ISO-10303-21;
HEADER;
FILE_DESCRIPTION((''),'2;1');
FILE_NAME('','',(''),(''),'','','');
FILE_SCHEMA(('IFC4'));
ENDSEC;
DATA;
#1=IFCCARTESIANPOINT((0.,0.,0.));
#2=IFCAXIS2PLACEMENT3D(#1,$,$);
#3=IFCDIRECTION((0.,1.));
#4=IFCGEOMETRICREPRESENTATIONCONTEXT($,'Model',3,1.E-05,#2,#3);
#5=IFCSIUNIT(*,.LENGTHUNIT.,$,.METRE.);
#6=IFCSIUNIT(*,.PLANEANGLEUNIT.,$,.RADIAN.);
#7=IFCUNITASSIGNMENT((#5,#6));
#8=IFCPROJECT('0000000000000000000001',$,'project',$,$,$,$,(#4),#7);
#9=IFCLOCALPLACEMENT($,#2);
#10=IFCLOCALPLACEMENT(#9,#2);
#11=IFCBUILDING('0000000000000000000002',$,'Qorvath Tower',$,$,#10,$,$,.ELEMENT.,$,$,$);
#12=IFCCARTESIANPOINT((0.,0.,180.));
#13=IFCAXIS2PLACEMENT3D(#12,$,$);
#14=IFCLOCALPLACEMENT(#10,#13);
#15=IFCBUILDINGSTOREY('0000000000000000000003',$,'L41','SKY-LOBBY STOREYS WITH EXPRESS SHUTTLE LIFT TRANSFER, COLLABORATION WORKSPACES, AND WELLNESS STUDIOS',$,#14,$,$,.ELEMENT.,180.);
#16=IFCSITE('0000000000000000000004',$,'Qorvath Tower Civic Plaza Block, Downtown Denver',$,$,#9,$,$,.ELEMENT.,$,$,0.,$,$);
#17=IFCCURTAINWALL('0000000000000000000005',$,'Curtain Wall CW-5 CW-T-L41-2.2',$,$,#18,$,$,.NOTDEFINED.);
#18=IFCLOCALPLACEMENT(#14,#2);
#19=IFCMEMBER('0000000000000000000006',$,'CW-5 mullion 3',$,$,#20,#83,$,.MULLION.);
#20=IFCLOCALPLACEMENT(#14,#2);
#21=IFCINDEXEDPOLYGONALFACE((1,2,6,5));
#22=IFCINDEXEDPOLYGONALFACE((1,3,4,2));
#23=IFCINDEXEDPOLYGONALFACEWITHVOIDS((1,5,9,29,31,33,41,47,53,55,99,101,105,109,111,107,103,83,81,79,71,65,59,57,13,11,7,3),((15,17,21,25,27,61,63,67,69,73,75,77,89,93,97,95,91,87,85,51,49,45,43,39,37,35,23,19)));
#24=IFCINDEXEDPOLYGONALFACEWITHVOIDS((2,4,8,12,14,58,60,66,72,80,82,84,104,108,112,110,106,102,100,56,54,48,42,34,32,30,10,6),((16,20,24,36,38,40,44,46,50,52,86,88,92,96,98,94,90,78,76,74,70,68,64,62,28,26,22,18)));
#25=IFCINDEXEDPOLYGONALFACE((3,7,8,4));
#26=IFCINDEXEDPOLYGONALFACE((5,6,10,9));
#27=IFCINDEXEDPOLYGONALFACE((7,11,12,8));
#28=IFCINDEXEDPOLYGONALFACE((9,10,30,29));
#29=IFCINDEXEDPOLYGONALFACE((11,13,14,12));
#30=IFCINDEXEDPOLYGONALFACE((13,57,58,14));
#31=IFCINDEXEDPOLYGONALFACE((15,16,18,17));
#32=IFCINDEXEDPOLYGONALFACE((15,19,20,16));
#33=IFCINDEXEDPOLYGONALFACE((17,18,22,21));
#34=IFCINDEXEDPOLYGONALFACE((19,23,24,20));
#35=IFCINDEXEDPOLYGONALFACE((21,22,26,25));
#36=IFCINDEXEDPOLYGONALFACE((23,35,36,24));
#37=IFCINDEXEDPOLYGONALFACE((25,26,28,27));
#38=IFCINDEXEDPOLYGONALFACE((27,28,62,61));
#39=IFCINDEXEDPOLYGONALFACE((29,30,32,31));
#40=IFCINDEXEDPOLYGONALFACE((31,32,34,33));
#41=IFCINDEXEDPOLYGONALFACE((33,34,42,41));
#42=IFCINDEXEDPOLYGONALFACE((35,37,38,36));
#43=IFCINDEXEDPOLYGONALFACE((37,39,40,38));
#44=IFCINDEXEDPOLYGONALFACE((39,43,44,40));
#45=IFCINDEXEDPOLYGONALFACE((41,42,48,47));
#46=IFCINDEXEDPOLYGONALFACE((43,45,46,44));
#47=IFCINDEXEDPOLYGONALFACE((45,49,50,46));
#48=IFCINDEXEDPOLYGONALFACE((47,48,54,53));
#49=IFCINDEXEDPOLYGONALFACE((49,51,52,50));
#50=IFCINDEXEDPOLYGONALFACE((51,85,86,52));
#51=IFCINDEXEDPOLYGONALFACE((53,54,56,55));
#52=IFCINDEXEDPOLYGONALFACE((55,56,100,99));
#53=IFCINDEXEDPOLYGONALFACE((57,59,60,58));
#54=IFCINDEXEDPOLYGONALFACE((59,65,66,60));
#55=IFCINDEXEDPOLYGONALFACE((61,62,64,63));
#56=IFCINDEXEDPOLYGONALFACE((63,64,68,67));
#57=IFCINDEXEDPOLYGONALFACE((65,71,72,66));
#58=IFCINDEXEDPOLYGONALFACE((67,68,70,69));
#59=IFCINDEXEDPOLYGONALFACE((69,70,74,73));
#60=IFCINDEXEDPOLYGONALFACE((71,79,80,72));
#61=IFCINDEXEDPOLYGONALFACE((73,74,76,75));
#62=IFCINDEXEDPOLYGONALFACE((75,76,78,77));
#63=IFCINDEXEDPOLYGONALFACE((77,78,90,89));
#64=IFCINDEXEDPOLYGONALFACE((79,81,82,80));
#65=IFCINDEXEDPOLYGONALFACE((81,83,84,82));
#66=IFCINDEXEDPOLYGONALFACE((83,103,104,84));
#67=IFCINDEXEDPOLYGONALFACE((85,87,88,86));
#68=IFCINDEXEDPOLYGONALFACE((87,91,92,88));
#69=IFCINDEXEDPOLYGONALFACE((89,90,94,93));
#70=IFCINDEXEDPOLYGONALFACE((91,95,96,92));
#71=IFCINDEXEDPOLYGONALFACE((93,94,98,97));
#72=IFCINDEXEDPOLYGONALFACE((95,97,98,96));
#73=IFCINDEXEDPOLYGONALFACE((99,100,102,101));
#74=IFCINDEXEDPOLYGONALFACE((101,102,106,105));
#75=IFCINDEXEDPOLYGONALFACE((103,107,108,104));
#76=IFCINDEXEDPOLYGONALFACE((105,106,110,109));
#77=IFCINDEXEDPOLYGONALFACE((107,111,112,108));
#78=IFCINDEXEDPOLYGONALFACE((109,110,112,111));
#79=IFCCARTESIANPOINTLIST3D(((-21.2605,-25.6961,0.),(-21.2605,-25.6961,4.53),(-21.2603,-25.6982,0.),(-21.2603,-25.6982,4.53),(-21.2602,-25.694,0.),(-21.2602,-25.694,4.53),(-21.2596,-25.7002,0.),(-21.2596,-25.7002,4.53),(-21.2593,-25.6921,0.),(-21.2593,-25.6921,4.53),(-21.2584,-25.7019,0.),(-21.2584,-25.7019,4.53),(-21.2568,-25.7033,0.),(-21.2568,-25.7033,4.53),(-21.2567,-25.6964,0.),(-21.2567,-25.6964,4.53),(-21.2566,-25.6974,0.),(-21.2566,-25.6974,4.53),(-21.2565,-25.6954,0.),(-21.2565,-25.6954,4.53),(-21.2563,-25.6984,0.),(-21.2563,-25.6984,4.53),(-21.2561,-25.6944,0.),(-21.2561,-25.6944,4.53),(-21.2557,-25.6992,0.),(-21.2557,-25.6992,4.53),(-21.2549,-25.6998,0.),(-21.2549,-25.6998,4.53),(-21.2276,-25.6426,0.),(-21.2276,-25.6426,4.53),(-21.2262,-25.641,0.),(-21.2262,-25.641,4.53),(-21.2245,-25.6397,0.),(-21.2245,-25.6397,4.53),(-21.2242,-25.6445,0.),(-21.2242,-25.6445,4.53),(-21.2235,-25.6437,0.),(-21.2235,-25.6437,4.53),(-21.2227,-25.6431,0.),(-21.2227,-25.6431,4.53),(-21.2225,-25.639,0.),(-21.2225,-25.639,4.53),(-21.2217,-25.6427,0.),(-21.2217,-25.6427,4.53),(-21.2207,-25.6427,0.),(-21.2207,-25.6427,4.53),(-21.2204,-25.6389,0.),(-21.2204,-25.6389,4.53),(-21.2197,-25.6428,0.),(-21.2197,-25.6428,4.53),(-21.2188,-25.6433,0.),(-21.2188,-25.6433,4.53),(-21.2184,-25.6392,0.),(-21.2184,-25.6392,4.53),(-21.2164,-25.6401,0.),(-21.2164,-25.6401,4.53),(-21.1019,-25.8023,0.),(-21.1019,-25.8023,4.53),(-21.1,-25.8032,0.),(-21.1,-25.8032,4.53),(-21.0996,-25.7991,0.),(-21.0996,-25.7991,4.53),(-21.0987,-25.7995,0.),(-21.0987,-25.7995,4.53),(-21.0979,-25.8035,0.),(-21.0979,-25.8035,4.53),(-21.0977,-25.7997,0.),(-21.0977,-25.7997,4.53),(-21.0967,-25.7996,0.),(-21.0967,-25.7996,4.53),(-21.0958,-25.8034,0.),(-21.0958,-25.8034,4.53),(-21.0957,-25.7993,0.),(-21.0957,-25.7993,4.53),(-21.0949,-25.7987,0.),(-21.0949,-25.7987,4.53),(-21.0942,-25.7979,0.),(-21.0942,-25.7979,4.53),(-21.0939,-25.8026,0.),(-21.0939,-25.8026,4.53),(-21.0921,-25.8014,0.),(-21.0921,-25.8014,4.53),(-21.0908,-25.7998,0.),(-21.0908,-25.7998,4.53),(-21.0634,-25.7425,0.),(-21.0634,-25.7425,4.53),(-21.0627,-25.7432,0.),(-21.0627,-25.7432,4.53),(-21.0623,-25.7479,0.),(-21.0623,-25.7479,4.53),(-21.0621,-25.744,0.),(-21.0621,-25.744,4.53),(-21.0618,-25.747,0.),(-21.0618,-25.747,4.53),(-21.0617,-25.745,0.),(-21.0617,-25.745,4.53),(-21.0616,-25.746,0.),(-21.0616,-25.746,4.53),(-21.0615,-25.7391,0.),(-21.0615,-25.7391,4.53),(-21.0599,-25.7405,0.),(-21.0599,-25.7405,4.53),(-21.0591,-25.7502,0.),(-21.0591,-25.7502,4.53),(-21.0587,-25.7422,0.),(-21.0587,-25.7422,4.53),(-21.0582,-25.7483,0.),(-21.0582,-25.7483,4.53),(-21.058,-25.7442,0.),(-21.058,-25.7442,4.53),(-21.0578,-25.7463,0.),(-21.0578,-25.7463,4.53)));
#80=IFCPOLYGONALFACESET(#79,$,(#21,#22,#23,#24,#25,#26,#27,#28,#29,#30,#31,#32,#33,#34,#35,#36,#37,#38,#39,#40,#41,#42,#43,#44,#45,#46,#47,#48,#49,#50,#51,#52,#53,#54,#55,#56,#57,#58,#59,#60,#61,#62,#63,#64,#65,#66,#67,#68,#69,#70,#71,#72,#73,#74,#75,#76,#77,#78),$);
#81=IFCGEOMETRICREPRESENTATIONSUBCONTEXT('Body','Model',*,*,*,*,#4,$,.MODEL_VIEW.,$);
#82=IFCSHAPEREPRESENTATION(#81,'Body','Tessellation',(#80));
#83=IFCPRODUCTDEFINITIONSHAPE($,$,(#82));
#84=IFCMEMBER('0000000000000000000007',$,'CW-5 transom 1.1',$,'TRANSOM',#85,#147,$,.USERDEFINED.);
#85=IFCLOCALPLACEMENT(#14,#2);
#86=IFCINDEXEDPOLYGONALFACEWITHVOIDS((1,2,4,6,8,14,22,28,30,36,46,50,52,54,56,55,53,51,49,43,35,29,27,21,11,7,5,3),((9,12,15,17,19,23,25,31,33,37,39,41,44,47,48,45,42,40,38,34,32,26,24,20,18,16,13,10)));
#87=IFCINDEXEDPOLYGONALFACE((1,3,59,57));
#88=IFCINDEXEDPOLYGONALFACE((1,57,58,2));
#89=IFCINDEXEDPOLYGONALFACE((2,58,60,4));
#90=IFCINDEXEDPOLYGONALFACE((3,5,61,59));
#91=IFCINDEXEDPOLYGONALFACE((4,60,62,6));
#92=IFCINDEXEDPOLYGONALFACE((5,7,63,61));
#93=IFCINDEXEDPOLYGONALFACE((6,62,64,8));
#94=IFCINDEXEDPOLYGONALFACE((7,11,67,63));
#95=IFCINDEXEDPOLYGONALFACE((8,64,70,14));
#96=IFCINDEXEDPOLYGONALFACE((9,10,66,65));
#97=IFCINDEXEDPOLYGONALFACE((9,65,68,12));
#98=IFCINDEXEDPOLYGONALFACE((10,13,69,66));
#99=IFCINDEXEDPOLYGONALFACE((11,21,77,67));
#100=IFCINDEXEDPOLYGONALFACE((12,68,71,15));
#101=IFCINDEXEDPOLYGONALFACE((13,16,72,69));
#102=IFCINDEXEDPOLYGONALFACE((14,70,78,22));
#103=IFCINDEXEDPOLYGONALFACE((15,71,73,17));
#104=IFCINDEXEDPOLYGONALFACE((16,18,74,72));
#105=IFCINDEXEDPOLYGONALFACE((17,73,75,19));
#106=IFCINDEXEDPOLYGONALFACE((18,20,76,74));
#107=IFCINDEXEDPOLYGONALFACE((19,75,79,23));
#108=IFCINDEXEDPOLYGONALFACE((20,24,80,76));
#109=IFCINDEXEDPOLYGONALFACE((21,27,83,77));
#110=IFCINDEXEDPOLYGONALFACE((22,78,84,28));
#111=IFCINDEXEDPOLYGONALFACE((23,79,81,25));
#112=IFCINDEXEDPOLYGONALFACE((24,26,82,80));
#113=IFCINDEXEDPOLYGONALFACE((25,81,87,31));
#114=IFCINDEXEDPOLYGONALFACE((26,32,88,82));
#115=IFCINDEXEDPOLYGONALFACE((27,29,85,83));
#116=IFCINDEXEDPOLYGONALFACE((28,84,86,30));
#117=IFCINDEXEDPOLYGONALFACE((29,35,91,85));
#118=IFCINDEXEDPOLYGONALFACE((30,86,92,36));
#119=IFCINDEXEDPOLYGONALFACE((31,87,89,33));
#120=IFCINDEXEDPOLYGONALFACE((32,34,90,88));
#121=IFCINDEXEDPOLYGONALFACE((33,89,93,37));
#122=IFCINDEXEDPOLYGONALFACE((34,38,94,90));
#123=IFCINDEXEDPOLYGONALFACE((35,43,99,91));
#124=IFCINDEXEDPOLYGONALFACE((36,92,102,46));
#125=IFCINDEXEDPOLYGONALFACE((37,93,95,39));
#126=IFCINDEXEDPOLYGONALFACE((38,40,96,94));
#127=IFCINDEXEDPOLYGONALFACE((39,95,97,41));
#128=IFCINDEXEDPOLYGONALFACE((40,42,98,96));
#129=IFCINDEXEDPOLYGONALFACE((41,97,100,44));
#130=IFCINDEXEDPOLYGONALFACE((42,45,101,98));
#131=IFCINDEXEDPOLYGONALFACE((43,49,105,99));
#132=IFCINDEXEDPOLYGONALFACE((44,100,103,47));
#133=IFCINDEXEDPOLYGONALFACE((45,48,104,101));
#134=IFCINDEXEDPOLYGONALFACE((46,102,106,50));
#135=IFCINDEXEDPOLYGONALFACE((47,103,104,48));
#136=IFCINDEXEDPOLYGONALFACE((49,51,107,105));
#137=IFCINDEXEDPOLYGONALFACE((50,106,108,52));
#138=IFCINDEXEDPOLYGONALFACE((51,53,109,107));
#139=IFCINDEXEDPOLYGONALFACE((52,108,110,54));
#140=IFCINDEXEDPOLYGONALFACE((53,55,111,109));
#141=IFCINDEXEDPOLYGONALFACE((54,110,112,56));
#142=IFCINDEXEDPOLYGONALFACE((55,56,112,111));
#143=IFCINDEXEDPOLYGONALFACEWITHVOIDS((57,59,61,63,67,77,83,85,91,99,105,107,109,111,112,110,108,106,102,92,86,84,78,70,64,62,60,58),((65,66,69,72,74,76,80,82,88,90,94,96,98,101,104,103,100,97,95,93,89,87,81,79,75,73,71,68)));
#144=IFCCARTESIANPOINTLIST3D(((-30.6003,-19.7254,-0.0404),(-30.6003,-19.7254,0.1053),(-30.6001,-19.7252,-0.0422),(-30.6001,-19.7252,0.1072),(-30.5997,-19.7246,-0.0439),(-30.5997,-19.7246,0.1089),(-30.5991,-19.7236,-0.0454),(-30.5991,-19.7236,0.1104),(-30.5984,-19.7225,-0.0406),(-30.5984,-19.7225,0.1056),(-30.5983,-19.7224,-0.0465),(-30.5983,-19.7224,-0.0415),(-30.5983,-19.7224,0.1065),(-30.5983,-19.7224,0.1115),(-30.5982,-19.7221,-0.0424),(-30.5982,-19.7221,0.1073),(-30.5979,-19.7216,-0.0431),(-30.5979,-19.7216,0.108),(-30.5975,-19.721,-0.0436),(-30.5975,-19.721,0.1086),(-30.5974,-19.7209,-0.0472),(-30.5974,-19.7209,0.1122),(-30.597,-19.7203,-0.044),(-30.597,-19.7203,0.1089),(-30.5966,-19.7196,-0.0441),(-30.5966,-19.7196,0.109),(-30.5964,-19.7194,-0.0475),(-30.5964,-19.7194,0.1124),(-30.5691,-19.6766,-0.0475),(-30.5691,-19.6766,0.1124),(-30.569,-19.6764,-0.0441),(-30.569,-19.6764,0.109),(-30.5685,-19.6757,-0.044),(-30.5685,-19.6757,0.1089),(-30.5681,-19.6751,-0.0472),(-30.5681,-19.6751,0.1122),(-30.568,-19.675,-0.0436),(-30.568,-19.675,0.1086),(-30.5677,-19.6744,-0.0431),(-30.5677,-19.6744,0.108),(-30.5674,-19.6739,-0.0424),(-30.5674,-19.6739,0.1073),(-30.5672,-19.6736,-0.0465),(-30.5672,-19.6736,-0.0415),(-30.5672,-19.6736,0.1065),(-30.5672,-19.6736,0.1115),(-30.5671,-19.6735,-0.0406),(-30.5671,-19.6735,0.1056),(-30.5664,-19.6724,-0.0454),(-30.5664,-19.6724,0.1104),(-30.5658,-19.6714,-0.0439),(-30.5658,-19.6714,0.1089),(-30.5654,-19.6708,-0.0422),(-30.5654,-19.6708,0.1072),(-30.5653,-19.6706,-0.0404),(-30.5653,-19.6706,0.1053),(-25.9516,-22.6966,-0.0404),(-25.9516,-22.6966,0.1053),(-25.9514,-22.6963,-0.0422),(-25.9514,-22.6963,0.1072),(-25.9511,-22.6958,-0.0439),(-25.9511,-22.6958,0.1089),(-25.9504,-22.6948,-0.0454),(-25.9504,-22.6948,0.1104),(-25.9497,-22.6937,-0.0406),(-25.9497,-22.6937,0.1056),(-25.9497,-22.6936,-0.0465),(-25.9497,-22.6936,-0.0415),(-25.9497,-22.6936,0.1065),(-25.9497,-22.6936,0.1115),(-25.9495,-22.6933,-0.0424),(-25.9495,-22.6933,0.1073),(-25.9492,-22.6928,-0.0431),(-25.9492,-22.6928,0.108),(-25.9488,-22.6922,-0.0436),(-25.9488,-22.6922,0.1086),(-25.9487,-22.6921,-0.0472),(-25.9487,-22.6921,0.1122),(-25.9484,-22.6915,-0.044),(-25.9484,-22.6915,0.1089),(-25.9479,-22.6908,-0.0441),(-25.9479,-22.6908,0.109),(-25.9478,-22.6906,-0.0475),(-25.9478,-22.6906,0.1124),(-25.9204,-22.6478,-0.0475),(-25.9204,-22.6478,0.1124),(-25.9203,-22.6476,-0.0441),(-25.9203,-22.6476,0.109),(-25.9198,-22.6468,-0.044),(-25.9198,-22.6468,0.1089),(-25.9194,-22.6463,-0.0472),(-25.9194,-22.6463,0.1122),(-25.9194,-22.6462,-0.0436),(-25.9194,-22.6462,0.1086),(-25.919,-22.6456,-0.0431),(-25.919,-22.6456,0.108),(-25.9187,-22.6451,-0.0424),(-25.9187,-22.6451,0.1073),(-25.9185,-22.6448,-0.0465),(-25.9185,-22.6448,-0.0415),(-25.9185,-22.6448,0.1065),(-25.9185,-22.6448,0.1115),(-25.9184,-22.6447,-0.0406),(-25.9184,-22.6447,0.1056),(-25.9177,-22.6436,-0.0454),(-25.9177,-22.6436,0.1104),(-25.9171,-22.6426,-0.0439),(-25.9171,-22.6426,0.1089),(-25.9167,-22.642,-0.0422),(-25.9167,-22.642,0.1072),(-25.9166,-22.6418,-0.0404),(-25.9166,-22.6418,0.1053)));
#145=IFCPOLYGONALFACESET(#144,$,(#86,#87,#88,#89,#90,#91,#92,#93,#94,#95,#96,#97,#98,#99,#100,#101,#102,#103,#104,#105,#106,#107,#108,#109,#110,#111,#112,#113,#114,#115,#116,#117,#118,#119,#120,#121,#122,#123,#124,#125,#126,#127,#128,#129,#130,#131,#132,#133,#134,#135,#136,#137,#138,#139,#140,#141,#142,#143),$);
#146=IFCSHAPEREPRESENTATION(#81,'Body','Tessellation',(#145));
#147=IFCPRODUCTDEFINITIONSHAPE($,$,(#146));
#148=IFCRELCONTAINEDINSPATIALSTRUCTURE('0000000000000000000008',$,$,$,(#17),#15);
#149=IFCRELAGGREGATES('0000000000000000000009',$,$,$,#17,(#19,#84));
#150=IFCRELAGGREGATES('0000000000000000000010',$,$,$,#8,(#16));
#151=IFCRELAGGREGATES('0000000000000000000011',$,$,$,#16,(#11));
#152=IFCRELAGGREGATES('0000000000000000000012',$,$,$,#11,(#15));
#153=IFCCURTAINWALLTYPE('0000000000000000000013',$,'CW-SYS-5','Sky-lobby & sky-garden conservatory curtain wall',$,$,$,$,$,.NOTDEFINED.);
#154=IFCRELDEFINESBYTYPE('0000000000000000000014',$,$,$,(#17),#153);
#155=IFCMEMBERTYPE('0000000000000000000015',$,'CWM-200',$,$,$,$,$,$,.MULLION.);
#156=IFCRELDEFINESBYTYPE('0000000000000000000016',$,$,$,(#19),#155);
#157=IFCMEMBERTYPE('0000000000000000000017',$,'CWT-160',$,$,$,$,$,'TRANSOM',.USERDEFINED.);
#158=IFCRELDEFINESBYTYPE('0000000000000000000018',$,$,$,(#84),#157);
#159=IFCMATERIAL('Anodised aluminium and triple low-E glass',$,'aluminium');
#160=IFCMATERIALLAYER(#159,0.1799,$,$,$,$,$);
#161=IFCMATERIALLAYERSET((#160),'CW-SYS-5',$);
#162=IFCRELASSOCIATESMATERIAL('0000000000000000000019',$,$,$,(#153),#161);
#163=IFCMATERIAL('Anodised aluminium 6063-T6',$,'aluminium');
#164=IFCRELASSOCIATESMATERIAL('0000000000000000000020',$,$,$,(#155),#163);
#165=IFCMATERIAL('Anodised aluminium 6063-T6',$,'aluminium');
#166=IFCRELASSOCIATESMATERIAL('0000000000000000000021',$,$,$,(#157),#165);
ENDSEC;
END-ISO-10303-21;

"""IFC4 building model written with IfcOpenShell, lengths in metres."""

from ifc_helpers import new_model, si_unit, direction, frame, origin, origin_2d, place, context, subcontext, project, spatial, hollow_rectangle, extrude, material, layer, layer_set, material_profile, profile_set, type_object, element, aggregate, save


model = new_model("IFC4")

# Units and contexts
model_context = context("Model", 3, precision=1e-05, world=origin(), true_north=direction((0.0, 1.0)))
body_context = subcontext(model_context, "Body", "Model", "MODEL_VIEW")
ifc_project = project(units=[si_unit("LENGTHUNIT", "METRE"), si_unit("PLANEANGLEUNIT", "RADIAN")], contexts=[model_context])

# Site, building, storey
site_placement = place(None, origin())
site = spatial("IfcSite", under=ifc_project, at=site_placement, Name="Qorvath Tower Civic Plaza Block, Downtown Denver", CompositionType="ELEMENT", RefElevation=0.0)
building_placement = place(site_placement, origin())
building = spatial("IfcBuilding", under=site, at=building_placement, Name="Qorvath Tower", CompositionType="ELEMENT")
storey_placement = place(building_placement, frame((0.0, 0.0, 180.0)))
storey = spatial("IfcBuildingStorey", under=building, at=storey_placement, Name="L41", Description="SKY-LOBBY STOREYS WITH EXPRESS SHUTTLE LIFT TRANSFER, COLLABORATION WORKSPACES, AND WELLNESS STUDIOS", CompositionType="ELEMENT", Elevation=180.0)

# Curtain wall, members
ifc_material_1 = material(Name="Anodised aluminium and triple low-E glass", Category="aluminium")
ifc_layer_1 = layer(ifc_material_1, 0.1799)
ifc_layer_set_1 = layer_set([ifc_layer_1], Name="CW-SYS-5")
curtain_wall_type = type_object("IfcCurtainWallType", Name="CW-SYS-5", Description="Sky-lobby & sky-garden conservatory curtain wall", PredefinedType="NOTDEFINED", material=ifc_layer_set_1)
curtain_wall_placement = place(storey_placement, origin())
curtain_wall = element("IfcCurtainWall", 1, at=curtain_wall_placement, inside=storey, type_object=curtain_wall_type, Name="Curtain Wall CW-5 CW-T-L41-2.2", PredefinedType="NOTDEFINED")
ifc_material_2 = material(Name="Anodised aluminium 6063-T6", Category="aluminium")
ifc_material_profile_1 = material_profile(ifc_material_2, hollow_rectangle(XDim=0.075, YDim=0.2, WallThickness=0.0039, InnerFilletRadius=0.0039, OuterFilletRadius=0.0081, at=origin_2d()), Name="CWM 200x75")
ifc_profile_set_1 = profile_set([ifc_material_profile_1], Name="Anodised aluminium 6063-T6")
member_type_1 = type_object("IfcMemberType", Name="CWM-200", PredefinedType="MULLION", material=ifc_profile_set_1)
member_1_placement = place(storey_placement, frame((-21.1592, -25.7212, 0.0), z_axis=(0.0, 0.0, 1.0), x_axis=(0.538544, 0.842597, 0.0)))
member_1 = element("IfcMember", 2, at=member_1_placement, type_object=member_type_1, Name="CW-5 mullion 3", PredefinedType="MULLION", context=body_context, shape_type="SweptSolid", body=[
    extrude(hollow_rectangle(XDim=0.075, YDim=0.2, WallThickness=0.0039, InnerFilletRadius=0.0039, OuterFilletRadius=0.0081, at=origin_2d()), origin(), (0.0, 0.0, 1.0), 4.53),
])
ifc_material_3 = material(Name="Anodised aluminium 6063-T6", Category="aluminium")
ifc_material_profile_2 = material_profile(ifc_material_3, hollow_rectangle(XDim=0.0649, YDim=0.1599, WallThickness=0.0034, InnerFilletRadius=0.0034, OuterFilletRadius=0.0071, at=origin_2d()), Name="CWT 160x65")
ifc_profile_set_2 = profile_set([ifc_material_profile_2], Name="Anodised aluminium 6063-T6")
member_type_2 = type_object("IfcMemberType", Name="CWT-160", ElementType="TRANSOM", PredefinedType="USERDEFINED", material=ifc_profile_set_2)
member_2_placement = place(storey_placement, frame((-30.5828, -19.698, 0.0325), z_axis=(0.842598, -0.538544, 0.0), x_axis=(0.538544, 0.842598, 0.0)))
member_2 = element("IfcMember", 3, at=member_2_placement, type_object=member_type_2, Name="CW-5 transom 1.1", ObjectType="TRANSOM", PredefinedType="USERDEFINED", context=body_context, shape_type="SweptSolid", body=[
    extrude(hollow_rectangle(XDim=0.0649, YDim=0.1599, WallThickness=0.0034, InnerFilletRadius=0.0034, OuterFilletRadius=0.0071, at=origin_2d()), origin(), (0.0, 0.0, 1.0), 5.5171),
])

aggregate(curtain_wall, [member_1, member_2])

save(model, "model.ifc")
